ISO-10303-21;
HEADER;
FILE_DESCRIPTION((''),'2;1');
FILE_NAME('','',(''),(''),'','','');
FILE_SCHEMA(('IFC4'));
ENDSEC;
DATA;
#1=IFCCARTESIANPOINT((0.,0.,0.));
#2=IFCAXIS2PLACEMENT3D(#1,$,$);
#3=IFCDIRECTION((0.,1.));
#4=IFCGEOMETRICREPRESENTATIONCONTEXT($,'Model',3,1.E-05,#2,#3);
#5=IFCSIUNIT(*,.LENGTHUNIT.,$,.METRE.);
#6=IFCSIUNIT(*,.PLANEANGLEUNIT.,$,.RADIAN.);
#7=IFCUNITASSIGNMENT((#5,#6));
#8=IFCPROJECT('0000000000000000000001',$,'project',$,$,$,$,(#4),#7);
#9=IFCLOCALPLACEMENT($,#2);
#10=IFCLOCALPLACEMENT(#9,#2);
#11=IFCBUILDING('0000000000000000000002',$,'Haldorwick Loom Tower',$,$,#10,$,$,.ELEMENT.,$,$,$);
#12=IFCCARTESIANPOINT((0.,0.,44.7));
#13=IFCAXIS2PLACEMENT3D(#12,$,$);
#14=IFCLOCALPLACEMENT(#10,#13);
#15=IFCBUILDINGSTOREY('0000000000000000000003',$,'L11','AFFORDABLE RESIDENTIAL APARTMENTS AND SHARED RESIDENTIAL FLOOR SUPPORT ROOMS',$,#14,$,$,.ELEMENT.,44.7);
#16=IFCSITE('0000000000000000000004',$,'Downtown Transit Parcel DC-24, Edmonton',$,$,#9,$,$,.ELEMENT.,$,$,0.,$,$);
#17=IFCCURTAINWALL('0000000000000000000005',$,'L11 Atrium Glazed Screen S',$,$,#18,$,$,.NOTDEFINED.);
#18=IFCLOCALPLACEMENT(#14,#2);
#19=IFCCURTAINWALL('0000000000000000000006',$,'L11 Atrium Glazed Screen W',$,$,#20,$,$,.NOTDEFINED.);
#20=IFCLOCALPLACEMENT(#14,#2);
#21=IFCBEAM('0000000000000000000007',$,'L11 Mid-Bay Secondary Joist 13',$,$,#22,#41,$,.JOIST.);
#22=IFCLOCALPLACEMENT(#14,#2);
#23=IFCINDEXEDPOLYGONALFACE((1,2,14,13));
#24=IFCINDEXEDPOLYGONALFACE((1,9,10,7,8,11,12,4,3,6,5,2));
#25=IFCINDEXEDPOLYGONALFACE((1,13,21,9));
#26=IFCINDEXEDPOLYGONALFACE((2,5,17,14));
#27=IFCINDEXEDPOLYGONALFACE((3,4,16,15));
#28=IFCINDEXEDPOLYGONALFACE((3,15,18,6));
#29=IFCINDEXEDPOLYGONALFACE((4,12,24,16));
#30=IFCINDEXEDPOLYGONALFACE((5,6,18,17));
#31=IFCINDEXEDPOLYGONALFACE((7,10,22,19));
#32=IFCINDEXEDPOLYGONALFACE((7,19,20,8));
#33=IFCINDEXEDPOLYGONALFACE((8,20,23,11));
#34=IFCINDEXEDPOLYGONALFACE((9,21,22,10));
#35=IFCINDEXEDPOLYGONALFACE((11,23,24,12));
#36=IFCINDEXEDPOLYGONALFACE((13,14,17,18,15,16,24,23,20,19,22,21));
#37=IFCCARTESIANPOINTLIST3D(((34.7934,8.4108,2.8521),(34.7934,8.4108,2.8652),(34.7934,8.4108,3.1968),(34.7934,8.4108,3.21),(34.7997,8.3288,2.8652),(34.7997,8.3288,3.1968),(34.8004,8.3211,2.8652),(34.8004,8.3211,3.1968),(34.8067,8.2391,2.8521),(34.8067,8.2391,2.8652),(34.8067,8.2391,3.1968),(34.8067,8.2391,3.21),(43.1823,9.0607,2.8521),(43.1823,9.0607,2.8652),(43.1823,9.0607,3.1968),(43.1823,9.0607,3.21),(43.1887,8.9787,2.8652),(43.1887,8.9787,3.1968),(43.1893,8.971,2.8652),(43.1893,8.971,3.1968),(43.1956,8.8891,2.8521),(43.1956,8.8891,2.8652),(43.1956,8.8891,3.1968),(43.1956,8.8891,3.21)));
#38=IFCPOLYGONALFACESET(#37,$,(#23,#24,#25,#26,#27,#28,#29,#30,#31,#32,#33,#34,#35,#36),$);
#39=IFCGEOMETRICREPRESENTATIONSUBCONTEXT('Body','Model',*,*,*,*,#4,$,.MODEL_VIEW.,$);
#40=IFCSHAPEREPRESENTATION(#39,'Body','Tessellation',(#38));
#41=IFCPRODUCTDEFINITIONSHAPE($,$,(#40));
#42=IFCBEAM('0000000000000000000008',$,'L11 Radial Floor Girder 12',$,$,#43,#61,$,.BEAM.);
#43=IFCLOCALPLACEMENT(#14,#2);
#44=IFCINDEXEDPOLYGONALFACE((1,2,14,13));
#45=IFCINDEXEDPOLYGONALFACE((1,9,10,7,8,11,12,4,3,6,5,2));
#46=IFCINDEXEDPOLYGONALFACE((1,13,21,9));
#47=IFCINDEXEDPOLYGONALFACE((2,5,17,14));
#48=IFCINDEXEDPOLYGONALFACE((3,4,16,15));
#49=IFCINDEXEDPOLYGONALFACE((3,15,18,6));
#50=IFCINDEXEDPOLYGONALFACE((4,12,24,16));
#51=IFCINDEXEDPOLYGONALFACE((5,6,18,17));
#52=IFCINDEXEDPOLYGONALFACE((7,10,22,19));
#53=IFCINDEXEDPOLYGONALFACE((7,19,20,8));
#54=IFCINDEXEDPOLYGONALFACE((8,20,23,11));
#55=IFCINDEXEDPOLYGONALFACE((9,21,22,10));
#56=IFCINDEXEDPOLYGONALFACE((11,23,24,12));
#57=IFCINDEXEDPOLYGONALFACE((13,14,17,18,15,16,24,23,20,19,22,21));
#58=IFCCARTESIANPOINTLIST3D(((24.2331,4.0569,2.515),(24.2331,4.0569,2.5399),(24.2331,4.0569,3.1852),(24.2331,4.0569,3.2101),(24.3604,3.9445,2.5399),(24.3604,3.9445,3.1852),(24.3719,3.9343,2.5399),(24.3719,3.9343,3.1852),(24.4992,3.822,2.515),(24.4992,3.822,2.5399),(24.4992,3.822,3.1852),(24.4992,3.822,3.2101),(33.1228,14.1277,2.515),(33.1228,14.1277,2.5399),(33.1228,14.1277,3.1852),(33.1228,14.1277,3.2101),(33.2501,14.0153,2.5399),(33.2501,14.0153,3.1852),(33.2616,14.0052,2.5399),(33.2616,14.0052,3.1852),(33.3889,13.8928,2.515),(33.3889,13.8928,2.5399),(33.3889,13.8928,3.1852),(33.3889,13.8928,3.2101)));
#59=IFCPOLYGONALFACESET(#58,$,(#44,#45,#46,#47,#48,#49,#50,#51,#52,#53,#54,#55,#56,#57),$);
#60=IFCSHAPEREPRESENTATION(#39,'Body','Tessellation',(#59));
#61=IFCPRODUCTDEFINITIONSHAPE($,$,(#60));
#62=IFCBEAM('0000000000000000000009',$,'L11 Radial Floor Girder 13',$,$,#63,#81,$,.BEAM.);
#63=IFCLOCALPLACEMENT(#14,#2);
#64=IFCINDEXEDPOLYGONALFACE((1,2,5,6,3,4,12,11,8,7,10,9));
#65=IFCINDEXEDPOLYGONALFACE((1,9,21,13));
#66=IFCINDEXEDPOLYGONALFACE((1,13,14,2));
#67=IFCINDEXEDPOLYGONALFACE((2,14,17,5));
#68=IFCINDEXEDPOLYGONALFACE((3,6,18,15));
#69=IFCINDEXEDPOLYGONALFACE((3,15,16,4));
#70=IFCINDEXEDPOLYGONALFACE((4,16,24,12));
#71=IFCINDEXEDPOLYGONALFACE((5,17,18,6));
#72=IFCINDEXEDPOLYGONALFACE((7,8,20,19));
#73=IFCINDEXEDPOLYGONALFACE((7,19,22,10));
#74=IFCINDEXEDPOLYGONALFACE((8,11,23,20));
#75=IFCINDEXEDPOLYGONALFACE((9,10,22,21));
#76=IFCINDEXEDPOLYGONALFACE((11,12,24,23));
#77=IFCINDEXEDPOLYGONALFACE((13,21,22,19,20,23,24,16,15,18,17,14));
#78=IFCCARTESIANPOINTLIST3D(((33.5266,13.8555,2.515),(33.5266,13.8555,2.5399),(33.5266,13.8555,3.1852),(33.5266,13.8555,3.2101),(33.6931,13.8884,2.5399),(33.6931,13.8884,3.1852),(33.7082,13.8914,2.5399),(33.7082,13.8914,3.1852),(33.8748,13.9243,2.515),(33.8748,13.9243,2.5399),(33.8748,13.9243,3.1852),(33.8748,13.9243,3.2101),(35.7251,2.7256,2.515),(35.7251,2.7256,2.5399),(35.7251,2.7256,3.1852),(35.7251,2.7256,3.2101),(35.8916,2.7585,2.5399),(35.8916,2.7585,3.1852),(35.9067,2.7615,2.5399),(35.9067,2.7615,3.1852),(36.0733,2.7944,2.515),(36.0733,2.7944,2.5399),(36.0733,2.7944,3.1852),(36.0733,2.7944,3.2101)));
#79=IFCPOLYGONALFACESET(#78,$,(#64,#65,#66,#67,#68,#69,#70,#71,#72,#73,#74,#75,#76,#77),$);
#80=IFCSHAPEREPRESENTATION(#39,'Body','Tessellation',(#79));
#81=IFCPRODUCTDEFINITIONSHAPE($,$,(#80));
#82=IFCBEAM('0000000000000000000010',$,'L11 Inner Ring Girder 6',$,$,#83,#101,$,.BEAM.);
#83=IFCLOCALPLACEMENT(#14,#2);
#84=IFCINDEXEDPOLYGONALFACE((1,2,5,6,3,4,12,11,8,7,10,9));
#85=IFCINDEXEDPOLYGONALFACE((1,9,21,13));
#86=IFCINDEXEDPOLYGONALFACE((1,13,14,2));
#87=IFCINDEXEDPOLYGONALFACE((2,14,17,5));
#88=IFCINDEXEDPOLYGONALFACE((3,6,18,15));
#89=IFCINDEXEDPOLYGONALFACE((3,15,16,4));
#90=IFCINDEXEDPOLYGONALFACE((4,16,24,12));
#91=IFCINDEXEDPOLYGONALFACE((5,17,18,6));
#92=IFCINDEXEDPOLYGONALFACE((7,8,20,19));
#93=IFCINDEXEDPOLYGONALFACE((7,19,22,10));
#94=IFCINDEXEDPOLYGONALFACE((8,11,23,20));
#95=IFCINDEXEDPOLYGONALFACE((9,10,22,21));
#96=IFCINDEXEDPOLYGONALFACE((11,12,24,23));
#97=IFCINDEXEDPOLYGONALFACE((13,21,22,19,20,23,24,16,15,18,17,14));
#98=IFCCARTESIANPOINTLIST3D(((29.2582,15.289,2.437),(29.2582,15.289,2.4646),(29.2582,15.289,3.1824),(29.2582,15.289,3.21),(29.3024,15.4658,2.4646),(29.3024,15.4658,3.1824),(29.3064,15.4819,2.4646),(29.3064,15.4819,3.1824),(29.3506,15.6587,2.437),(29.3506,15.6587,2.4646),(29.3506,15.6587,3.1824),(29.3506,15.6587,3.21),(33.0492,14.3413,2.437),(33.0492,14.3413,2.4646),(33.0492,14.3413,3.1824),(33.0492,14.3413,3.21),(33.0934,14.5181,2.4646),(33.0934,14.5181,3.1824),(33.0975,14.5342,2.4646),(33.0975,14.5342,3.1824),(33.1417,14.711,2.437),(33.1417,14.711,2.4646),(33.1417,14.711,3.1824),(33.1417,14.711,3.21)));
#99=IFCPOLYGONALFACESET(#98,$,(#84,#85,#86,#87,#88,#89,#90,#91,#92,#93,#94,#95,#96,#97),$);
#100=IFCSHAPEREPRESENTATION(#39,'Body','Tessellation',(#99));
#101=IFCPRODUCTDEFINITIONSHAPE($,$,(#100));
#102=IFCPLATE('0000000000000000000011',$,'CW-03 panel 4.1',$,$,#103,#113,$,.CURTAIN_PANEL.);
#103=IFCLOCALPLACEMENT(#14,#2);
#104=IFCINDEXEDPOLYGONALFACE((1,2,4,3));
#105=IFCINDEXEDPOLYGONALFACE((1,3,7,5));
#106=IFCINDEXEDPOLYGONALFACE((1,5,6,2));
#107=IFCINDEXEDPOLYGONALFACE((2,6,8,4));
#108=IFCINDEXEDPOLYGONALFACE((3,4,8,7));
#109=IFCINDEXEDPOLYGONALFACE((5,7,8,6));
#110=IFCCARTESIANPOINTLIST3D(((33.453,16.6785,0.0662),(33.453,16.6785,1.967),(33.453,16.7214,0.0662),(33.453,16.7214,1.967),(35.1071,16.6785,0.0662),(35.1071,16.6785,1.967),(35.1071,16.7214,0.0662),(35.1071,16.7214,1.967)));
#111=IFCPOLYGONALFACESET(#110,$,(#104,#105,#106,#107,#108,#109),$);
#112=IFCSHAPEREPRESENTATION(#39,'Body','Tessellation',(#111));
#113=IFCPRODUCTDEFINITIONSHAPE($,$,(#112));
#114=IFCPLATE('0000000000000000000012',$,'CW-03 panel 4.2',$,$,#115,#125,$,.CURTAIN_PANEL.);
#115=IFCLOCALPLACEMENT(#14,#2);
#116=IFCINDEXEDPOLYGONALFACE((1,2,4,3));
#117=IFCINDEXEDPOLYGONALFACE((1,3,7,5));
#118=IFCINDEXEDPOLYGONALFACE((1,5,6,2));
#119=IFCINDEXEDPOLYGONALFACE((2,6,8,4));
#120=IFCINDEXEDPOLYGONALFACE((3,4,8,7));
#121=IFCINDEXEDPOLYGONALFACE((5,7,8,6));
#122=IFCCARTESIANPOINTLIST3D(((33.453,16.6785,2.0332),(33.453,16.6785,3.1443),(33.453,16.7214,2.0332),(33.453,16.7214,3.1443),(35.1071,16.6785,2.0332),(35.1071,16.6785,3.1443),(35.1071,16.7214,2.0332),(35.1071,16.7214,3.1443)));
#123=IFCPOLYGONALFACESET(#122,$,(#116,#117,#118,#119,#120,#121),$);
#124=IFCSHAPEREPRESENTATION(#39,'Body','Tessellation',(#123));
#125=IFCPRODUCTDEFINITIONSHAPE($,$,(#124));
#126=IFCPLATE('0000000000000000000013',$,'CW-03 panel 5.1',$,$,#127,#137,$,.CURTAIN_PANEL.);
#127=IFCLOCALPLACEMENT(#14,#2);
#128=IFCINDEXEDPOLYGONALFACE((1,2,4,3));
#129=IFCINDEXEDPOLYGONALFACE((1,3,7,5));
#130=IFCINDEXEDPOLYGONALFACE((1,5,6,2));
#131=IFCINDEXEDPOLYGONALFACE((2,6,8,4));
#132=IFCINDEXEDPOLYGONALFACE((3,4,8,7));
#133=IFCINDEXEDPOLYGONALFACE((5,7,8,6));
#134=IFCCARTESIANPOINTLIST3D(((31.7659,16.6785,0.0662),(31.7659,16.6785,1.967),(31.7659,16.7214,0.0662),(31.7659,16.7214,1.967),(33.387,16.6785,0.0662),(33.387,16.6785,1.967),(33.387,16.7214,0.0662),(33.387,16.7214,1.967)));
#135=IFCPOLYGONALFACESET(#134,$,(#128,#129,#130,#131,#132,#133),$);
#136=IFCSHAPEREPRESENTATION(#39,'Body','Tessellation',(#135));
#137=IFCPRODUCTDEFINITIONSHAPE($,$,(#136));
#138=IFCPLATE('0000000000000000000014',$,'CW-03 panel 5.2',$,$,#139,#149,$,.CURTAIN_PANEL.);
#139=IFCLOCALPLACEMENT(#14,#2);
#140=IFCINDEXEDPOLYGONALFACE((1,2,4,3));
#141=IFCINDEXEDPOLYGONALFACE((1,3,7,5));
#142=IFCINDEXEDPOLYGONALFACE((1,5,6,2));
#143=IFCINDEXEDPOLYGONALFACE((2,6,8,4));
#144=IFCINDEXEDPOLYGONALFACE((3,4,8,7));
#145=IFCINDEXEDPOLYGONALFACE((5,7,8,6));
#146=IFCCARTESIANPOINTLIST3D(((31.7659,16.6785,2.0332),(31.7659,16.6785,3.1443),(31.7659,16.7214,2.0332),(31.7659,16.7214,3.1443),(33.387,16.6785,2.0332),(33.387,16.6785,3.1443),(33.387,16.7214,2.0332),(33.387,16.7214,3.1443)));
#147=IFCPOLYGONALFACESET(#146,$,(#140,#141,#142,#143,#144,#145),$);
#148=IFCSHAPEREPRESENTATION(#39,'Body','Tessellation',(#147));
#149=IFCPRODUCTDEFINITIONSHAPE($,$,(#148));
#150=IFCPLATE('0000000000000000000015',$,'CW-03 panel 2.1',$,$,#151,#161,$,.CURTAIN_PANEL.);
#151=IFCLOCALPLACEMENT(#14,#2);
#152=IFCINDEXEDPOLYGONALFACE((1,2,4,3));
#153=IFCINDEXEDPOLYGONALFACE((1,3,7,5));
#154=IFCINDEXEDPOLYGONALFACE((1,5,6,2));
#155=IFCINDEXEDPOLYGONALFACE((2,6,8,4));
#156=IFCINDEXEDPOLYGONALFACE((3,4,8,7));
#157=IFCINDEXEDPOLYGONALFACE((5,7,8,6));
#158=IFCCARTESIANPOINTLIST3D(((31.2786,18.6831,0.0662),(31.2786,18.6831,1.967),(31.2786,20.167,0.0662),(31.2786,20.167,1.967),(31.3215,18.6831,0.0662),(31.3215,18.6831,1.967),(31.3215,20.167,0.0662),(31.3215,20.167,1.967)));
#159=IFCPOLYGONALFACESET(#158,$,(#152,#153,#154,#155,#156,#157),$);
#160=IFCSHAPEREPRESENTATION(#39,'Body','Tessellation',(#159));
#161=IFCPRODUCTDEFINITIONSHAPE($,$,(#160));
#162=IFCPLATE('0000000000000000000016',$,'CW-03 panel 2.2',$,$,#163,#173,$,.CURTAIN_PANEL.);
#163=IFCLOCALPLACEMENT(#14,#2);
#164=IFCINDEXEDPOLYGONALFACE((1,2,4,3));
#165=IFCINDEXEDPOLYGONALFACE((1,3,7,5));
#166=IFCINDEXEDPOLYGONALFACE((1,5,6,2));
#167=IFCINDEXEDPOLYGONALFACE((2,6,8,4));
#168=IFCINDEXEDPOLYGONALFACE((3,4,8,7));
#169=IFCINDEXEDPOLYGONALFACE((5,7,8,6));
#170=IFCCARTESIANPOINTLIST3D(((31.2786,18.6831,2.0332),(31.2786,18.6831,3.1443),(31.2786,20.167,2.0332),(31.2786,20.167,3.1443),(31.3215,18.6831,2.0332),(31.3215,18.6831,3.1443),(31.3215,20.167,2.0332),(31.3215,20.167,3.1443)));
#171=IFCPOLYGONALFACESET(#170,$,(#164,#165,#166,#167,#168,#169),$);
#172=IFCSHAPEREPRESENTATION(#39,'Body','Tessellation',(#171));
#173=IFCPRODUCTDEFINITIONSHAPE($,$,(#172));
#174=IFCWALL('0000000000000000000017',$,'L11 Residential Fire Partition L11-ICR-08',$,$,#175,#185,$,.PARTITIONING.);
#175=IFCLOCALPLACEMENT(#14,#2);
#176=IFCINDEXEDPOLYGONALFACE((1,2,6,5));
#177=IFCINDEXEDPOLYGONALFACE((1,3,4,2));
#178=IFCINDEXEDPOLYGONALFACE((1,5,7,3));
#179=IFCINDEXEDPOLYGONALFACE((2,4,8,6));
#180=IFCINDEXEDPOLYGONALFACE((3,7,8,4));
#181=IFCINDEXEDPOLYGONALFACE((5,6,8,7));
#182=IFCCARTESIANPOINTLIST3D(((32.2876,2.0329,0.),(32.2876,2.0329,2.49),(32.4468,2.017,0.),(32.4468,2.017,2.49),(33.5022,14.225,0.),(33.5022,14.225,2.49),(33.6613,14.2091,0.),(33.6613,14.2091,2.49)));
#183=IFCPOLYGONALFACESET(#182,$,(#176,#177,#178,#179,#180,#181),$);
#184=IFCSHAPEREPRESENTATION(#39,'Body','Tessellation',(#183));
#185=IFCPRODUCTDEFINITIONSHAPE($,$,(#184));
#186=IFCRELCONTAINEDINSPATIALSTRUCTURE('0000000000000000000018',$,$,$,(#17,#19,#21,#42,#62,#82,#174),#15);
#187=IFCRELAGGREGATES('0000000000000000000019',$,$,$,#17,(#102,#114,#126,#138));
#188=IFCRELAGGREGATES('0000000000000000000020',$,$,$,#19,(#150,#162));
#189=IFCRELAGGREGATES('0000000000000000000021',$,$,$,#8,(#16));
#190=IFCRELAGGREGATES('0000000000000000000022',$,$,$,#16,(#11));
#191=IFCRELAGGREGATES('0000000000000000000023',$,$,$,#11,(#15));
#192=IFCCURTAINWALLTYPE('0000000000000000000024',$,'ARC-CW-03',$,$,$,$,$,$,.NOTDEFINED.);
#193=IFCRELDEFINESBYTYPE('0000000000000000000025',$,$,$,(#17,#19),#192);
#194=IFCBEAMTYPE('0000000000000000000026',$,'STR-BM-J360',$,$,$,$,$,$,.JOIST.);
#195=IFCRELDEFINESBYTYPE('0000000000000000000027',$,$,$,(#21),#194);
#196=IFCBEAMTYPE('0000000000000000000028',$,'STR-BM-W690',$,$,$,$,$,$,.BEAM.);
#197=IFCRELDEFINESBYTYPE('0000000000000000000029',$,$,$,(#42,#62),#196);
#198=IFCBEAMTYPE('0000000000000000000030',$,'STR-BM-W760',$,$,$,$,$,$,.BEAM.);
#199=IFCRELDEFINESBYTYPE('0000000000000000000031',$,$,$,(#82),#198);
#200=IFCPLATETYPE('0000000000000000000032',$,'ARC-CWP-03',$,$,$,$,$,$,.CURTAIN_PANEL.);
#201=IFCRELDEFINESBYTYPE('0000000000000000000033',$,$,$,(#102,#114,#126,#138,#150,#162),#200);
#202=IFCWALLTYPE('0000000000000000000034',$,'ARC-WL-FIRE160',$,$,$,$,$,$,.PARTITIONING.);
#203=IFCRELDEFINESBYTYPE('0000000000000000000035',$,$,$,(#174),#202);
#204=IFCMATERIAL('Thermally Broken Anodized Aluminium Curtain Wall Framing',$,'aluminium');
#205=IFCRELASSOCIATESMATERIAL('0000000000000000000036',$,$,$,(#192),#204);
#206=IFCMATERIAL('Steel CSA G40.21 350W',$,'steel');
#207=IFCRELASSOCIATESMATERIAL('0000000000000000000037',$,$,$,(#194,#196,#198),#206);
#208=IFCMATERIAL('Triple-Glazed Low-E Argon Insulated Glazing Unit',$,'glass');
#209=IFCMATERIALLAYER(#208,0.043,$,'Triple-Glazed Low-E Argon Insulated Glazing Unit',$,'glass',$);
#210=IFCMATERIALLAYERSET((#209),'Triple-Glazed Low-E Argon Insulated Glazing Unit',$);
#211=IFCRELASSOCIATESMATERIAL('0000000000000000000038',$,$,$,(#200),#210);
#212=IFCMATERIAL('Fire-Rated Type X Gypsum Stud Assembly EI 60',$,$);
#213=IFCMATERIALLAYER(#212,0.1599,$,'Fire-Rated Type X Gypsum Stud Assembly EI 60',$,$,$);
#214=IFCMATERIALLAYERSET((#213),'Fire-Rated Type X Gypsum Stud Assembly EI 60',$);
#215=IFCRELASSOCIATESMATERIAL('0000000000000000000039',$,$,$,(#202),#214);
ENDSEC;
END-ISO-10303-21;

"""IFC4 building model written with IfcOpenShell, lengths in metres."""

from ifc_helpers import new_model, si_unit, direction, frame, frame_2d, origin, origin_2d, place, context, subcontext, project, spatial, rectangle, i_section, extrude, material, layer, layer_set, material_profile, profile_set, type_object, element, aggregate, save


model = new_model("IFC4")

# Units and contexts
model_context = context("Model", 3, precision=1e-05, world=origin(), true_north=direction((0.0, 1.0)))
body_context = subcontext(model_context, "Body", "Model", "MODEL_VIEW")
ifc_project = project(units=[si_unit("LENGTHUNIT", "METRE"), si_unit("PLANEANGLEUNIT", "RADIAN")], contexts=[model_context])

# Site, building, storey
site_placement = place(None, origin())
site = spatial("IfcSite", under=ifc_project, at=site_placement, Name="Downtown Transit Parcel DC-24, Edmonton", CompositionType="ELEMENT", RefElevation=0.0)
building_placement = place(site_placement, origin())
building = spatial("IfcBuilding", under=site, at=building_placement, Name="Haldorwick Loom Tower", CompositionType="ELEMENT")
storey_placement = place(building_placement, frame((0.0, 0.0, 44.7)))
storey = spatial("IfcBuildingStorey", under=building, at=storey_placement, Name="L11", Description="AFFORDABLE RESIDENTIAL APARTMENTS AND SHARED RESIDENTIAL FLOOR SUPPORT ROOMS", CompositionType="ELEMENT", Elevation=44.7)

# Curtain wall
ifc_material_1 = material(Name="Thermally Broken Anodized Aluminium Curtain Wall Framing", Category="aluminium")
curtain_wall_type = type_object("IfcCurtainWallType", Name="ARC-CW-03", PredefinedType="NOTDEFINED", material=ifc_material_1)
curtain_wall_1_placement = place(storey_placement, origin())
curtain_wall_1 = element("IfcCurtainWall", 1, at=curtain_wall_1_placement, inside=storey, type_object=curtain_wall_type, Name="L11 Atrium Glazed Screen S", PredefinedType="NOTDEFINED")

# Curtain wall
curtain_wall_2_placement = place(storey_placement, origin())
curtain_wall_2 = element("IfcCurtainWall", 2, at=curtain_wall_2_placement, inside=storey, type_object=curtain_wall_type, Name="L11 Atrium Glazed Screen W", PredefinedType="NOTDEFINED")

# Beams
ifc_material_2 = material(Name="Steel CSA G40.21 350W", Category="steel")
ifc_material_profile_1 = material_profile(ifc_material_2, i_section(OverallWidth=0.1721, OverallDepth=0.3579, WebThickness=0.0078, FlangeThickness=0.0132, at=origin_2d()), Name="W360X57", Category="steel")
ifc_profile_set_1 = profile_set([ifc_material_profile_1], Name="Steel CSA G40.21 350W")
beam_type_1 = type_object("IfcBeamType", Name="STR-BM-J360", PredefinedType="JOIST", material=ifc_profile_set_1)
beam_1_placement = place(storey_placement, frame((34.8, 8.325, 3.031), z_axis=(0.997013, 0.07724, 0.0), x_axis=(-0.07724, 0.997013, 0.0)))
element("IfcBeam", 3, at=beam_1_placement, inside=storey, type_object=beam_type_1, Name="L11 Mid-Bay Secondary Joist 13", PredefinedType="JOIST", context=body_context, shape_type="SweptSolid", body=[
    extrude(i_section(OverallWidth=0.1721, OverallDepth=0.3579, WebThickness=0.0078, FlangeThickness=0.0132, at=origin_2d()), origin(), (0.0, 0.0, 1.0), 8.4141),
])
ifc_material_profile_2 = material_profile(ifc_material_2, i_section(OverallWidth=0.355, OverallDepth=0.6951, WebThickness=0.0154, FlangeThickness=0.0249, at=origin_2d()), Name="W690X217", Category="steel")
ifc_profile_set_2 = profile_set([ifc_material_profile_2], Name="Steel CSA G40.21 350W")
beam_type_2 = type_object("IfcBeamType", Name="STR-BM-W690", PredefinedType="BEAM", material=ifc_profile_set_2)
beam_2_placement = place(storey_placement, frame((33.2559, 14.0103, 2.8625), z_axis=(-0.661774, -0.749703, 0.0), x_axis=(0.749703, -0.661774, 0.0)))
element("IfcBeam", 4, at=beam_2_placement, inside=storey, type_object=beam_type_2, Name="L11 Radial Floor Girder 12", PredefinedType="BEAM", context=body_context, shape_type="SweptSolid", body=[
    extrude(i_section(OverallWidth=0.355, OverallDepth=0.6951, WebThickness=0.0154, FlangeThickness=0.0249, at=origin_2d()), origin(), (0.0, 0.0, 1.0), 13.4331),
])
beam_3_placement = place(storey_placement, frame((33.7007, 13.8899, 2.8625), z_axis=(0.193786, -0.981044, 0.0), x_axis=(0.981044, 0.193786, 0.0)))
element("IfcBeam", 5, at=beam_3_placement, inside=storey, type_object=beam_type_2, Name="L11 Radial Floor Girder 13", PredefinedType="BEAM", context=body_context, shape_type="SweptSolid", body=[
    extrude(i_section(OverallWidth=0.355, OverallDepth=0.6951, WebThickness=0.0154, FlangeThickness=0.0249, at=origin_2d()), origin(), (0.0, 0.0, 1.0), 11.345),
])
ifc_material_profile_3 = material_profile(ifc_material_2, i_section(OverallWidth=0.3811, OverallDepth=0.7729, WebThickness=0.0166, FlangeThickness=0.0276, at=origin_2d()), Name="W760X257", Category="steel")
ifc_profile_set_3 = profile_set([ifc_material_profile_3], Name="Steel CSA G40.21 350W")
beam_type_3 = type_object("IfcBeamType", Name="STR-BM-W760", PredefinedType="BEAM", material=ifc_profile_set_3)
beam_4_placement = place(storey_placement, frame((33.0955, 14.5261, 2.8235), z_axis=(-0.970143, 0.242536, 0.0), x_axis=(-0.242536, -0.970143, 0.0)))
element("IfcBeam", 6, at=beam_4_placement, inside=storey, type_object=beam_type_3, Name="L11 Inner Ring Girder 6", PredefinedType="BEAM", context=body_context, shape_type="SweptSolid", body=[
    extrude(i_section(OverallWidth=0.3811, OverallDepth=0.7729, WebThickness=0.0166, FlangeThickness=0.0276, at=origin_2d()), origin(), (0.0, 0.0, 1.0), 3.9077),
])

# Plates
ifc_material_3 = material(Name="Triple-Glazed Low-E Argon Insulated Glazing Unit", Category="glass")
ifc_layer_1 = layer(ifc_material_3, 0.043, Name="Triple-Glazed Low-E Argon Insulated Glazing Unit", Category="glass")
ifc_layer_set_1 = layer_set([ifc_layer_1], Name="Triple-Glazed Low-E Argon Insulated Glazing Unit")
plate_type = type_object("IfcPlateType", Name="ARC-CWP-03", PredefinedType="CURTAIN_PANEL", material=ifc_layer_set_1)
plate_1_placement = place(storey_placement, frame((34.28, 16.7, 0.0662), z_axis=(0.0, 0.0, 1.0), x_axis=(-1.0, 0.0, 0.0)))
plate_1 = element("IfcPlate", 7, at=plate_1_placement, type_object=plate_type, Name="CW-03 panel 4.1", PredefinedType="CURTAIN_PANEL", context=body_context, shape_type="SweptSolid", body=[
    extrude(rectangle(XDim=1.6541, YDim=0.043, at=origin_2d()), origin(), (0.0, 0.0, 1.0), 1.9009),
])
plate_2_placement = place(storey_placement, frame((34.28, 16.7, 2.0332), z_axis=(0.0, 0.0, 1.0), x_axis=(-1.0, 0.0, 0.0)))
plate_2 = element("IfcPlate", 8, at=plate_2_placement, type_object=plate_type, Name="CW-03 panel 4.2", PredefinedType="CURTAIN_PANEL", context=body_context, shape_type="SweptSolid", body=[
    extrude(rectangle(XDim=1.6541, YDim=0.043, at=origin_2d()), origin(), (0.0, 0.0, 1.0), 1.1111),
])
plate_3_placement = place(storey_placement, frame((32.5764, 16.7, 0.0662), z_axis=(0.0, 0.0, 1.0), x_axis=(-1.0, 0.0, 0.0)))
plate_3 = element("IfcPlate", 9, at=plate_3_placement, type_object=plate_type, Name="CW-03 panel 5.1", PredefinedType="CURTAIN_PANEL", context=body_context, shape_type="SweptSolid", body=[
    extrude(rectangle(XDim=1.6211, YDim=0.043, at=origin_2d()), origin(), (0.0, 0.0, 1.0), 1.9009),
])
plate_4_placement = place(storey_placement, frame((32.5764, 16.7, 2.0332), z_axis=(0.0, 0.0, 1.0), x_axis=(-1.0, 0.0, 0.0)))
plate_4 = element("IfcPlate", 10, at=plate_4_placement, type_object=plate_type, Name="CW-03 panel 5.2", PredefinedType="CURTAIN_PANEL", context=body_context, shape_type="SweptSolid", body=[
    extrude(rectangle(XDim=1.6211, YDim=0.043, at=origin_2d()), origin(), (0.0, 0.0, 1.0), 1.1111),
])
aggregate(curtain_wall_1, [plate_1, plate_2, plate_3, plate_4])
plate_5_placement = place(storey_placement, frame((31.3, 19.425, 0.0662), z_axis=(0.0, 0.0, 1.0), x_axis=(0.0, 1.0, 0.0)))
plate_5 = element("IfcPlate", 11, at=plate_5_placement, type_object=plate_type, Name="CW-03 panel 2.1", PredefinedType="CURTAIN_PANEL", context=body_context, shape_type="SweptSolid", body=[
    extrude(rectangle(XDim=1.4839, YDim=0.043, at=origin_2d()), origin(), (0.0, 0.0, 1.0), 1.9009),
])
plate_6_placement = place(storey_placement, frame((31.3, 19.425, 2.0332), z_axis=(0.0, 0.0, 1.0), x_axis=(0.0, 1.0, 0.0)))
plate_6 = element("IfcPlate", 12, at=plate_6_placement, type_object=plate_type, Name="CW-03 panel 2.2", PredefinedType="CURTAIN_PANEL", context=body_context, shape_type="SweptSolid", body=[
    extrude(rectangle(XDim=1.4839, YDim=0.043, at=origin_2d()), origin(), (0.0, 0.0, 1.0), 1.1111),
])
aggregate(curtain_wall_2, [plate_5, plate_6])

# Wall
ifc_material_4 = material(Name="Fire-Rated Type X Gypsum Stud Assembly EI 60")
ifc_layer_2 = layer(ifc_material_4, 0.1599, Name="Fire-Rated Type X Gypsum Stud Assembly EI 60")
ifc_layer_set_2 = layer_set([ifc_layer_2], Name="Fire-Rated Type X Gypsum Stud Assembly EI 60")
wall_type = type_object("IfcWallType", Name="ARC-WL-FIRE160", PredefinedType="PARTITIONING", material=ifc_layer_set_2)
wall_1_placement = place(storey_placement, frame((33.5818, 14.217, 0.0), z_axis=(0.0, 0.0, 1.0), x_axis=(-0.099131, -0.995074, 0.0)))
element("IfcWall", 13, at=wall_1_placement, inside=storey, type_object=wall_type, Name="L11 Residential Fire Partition L11-ICR-08", PredefinedType="PARTITIONING", context=body_context, shape_type="SweptSolid", body=[
    extrude(rectangle(XDim=12.2524, YDim=0.1599, at=frame_2d((6.1262, 0.0))), origin(), (0.0, 0.0, 1.0), 2.49),
])

save(model, "model.ifc")
